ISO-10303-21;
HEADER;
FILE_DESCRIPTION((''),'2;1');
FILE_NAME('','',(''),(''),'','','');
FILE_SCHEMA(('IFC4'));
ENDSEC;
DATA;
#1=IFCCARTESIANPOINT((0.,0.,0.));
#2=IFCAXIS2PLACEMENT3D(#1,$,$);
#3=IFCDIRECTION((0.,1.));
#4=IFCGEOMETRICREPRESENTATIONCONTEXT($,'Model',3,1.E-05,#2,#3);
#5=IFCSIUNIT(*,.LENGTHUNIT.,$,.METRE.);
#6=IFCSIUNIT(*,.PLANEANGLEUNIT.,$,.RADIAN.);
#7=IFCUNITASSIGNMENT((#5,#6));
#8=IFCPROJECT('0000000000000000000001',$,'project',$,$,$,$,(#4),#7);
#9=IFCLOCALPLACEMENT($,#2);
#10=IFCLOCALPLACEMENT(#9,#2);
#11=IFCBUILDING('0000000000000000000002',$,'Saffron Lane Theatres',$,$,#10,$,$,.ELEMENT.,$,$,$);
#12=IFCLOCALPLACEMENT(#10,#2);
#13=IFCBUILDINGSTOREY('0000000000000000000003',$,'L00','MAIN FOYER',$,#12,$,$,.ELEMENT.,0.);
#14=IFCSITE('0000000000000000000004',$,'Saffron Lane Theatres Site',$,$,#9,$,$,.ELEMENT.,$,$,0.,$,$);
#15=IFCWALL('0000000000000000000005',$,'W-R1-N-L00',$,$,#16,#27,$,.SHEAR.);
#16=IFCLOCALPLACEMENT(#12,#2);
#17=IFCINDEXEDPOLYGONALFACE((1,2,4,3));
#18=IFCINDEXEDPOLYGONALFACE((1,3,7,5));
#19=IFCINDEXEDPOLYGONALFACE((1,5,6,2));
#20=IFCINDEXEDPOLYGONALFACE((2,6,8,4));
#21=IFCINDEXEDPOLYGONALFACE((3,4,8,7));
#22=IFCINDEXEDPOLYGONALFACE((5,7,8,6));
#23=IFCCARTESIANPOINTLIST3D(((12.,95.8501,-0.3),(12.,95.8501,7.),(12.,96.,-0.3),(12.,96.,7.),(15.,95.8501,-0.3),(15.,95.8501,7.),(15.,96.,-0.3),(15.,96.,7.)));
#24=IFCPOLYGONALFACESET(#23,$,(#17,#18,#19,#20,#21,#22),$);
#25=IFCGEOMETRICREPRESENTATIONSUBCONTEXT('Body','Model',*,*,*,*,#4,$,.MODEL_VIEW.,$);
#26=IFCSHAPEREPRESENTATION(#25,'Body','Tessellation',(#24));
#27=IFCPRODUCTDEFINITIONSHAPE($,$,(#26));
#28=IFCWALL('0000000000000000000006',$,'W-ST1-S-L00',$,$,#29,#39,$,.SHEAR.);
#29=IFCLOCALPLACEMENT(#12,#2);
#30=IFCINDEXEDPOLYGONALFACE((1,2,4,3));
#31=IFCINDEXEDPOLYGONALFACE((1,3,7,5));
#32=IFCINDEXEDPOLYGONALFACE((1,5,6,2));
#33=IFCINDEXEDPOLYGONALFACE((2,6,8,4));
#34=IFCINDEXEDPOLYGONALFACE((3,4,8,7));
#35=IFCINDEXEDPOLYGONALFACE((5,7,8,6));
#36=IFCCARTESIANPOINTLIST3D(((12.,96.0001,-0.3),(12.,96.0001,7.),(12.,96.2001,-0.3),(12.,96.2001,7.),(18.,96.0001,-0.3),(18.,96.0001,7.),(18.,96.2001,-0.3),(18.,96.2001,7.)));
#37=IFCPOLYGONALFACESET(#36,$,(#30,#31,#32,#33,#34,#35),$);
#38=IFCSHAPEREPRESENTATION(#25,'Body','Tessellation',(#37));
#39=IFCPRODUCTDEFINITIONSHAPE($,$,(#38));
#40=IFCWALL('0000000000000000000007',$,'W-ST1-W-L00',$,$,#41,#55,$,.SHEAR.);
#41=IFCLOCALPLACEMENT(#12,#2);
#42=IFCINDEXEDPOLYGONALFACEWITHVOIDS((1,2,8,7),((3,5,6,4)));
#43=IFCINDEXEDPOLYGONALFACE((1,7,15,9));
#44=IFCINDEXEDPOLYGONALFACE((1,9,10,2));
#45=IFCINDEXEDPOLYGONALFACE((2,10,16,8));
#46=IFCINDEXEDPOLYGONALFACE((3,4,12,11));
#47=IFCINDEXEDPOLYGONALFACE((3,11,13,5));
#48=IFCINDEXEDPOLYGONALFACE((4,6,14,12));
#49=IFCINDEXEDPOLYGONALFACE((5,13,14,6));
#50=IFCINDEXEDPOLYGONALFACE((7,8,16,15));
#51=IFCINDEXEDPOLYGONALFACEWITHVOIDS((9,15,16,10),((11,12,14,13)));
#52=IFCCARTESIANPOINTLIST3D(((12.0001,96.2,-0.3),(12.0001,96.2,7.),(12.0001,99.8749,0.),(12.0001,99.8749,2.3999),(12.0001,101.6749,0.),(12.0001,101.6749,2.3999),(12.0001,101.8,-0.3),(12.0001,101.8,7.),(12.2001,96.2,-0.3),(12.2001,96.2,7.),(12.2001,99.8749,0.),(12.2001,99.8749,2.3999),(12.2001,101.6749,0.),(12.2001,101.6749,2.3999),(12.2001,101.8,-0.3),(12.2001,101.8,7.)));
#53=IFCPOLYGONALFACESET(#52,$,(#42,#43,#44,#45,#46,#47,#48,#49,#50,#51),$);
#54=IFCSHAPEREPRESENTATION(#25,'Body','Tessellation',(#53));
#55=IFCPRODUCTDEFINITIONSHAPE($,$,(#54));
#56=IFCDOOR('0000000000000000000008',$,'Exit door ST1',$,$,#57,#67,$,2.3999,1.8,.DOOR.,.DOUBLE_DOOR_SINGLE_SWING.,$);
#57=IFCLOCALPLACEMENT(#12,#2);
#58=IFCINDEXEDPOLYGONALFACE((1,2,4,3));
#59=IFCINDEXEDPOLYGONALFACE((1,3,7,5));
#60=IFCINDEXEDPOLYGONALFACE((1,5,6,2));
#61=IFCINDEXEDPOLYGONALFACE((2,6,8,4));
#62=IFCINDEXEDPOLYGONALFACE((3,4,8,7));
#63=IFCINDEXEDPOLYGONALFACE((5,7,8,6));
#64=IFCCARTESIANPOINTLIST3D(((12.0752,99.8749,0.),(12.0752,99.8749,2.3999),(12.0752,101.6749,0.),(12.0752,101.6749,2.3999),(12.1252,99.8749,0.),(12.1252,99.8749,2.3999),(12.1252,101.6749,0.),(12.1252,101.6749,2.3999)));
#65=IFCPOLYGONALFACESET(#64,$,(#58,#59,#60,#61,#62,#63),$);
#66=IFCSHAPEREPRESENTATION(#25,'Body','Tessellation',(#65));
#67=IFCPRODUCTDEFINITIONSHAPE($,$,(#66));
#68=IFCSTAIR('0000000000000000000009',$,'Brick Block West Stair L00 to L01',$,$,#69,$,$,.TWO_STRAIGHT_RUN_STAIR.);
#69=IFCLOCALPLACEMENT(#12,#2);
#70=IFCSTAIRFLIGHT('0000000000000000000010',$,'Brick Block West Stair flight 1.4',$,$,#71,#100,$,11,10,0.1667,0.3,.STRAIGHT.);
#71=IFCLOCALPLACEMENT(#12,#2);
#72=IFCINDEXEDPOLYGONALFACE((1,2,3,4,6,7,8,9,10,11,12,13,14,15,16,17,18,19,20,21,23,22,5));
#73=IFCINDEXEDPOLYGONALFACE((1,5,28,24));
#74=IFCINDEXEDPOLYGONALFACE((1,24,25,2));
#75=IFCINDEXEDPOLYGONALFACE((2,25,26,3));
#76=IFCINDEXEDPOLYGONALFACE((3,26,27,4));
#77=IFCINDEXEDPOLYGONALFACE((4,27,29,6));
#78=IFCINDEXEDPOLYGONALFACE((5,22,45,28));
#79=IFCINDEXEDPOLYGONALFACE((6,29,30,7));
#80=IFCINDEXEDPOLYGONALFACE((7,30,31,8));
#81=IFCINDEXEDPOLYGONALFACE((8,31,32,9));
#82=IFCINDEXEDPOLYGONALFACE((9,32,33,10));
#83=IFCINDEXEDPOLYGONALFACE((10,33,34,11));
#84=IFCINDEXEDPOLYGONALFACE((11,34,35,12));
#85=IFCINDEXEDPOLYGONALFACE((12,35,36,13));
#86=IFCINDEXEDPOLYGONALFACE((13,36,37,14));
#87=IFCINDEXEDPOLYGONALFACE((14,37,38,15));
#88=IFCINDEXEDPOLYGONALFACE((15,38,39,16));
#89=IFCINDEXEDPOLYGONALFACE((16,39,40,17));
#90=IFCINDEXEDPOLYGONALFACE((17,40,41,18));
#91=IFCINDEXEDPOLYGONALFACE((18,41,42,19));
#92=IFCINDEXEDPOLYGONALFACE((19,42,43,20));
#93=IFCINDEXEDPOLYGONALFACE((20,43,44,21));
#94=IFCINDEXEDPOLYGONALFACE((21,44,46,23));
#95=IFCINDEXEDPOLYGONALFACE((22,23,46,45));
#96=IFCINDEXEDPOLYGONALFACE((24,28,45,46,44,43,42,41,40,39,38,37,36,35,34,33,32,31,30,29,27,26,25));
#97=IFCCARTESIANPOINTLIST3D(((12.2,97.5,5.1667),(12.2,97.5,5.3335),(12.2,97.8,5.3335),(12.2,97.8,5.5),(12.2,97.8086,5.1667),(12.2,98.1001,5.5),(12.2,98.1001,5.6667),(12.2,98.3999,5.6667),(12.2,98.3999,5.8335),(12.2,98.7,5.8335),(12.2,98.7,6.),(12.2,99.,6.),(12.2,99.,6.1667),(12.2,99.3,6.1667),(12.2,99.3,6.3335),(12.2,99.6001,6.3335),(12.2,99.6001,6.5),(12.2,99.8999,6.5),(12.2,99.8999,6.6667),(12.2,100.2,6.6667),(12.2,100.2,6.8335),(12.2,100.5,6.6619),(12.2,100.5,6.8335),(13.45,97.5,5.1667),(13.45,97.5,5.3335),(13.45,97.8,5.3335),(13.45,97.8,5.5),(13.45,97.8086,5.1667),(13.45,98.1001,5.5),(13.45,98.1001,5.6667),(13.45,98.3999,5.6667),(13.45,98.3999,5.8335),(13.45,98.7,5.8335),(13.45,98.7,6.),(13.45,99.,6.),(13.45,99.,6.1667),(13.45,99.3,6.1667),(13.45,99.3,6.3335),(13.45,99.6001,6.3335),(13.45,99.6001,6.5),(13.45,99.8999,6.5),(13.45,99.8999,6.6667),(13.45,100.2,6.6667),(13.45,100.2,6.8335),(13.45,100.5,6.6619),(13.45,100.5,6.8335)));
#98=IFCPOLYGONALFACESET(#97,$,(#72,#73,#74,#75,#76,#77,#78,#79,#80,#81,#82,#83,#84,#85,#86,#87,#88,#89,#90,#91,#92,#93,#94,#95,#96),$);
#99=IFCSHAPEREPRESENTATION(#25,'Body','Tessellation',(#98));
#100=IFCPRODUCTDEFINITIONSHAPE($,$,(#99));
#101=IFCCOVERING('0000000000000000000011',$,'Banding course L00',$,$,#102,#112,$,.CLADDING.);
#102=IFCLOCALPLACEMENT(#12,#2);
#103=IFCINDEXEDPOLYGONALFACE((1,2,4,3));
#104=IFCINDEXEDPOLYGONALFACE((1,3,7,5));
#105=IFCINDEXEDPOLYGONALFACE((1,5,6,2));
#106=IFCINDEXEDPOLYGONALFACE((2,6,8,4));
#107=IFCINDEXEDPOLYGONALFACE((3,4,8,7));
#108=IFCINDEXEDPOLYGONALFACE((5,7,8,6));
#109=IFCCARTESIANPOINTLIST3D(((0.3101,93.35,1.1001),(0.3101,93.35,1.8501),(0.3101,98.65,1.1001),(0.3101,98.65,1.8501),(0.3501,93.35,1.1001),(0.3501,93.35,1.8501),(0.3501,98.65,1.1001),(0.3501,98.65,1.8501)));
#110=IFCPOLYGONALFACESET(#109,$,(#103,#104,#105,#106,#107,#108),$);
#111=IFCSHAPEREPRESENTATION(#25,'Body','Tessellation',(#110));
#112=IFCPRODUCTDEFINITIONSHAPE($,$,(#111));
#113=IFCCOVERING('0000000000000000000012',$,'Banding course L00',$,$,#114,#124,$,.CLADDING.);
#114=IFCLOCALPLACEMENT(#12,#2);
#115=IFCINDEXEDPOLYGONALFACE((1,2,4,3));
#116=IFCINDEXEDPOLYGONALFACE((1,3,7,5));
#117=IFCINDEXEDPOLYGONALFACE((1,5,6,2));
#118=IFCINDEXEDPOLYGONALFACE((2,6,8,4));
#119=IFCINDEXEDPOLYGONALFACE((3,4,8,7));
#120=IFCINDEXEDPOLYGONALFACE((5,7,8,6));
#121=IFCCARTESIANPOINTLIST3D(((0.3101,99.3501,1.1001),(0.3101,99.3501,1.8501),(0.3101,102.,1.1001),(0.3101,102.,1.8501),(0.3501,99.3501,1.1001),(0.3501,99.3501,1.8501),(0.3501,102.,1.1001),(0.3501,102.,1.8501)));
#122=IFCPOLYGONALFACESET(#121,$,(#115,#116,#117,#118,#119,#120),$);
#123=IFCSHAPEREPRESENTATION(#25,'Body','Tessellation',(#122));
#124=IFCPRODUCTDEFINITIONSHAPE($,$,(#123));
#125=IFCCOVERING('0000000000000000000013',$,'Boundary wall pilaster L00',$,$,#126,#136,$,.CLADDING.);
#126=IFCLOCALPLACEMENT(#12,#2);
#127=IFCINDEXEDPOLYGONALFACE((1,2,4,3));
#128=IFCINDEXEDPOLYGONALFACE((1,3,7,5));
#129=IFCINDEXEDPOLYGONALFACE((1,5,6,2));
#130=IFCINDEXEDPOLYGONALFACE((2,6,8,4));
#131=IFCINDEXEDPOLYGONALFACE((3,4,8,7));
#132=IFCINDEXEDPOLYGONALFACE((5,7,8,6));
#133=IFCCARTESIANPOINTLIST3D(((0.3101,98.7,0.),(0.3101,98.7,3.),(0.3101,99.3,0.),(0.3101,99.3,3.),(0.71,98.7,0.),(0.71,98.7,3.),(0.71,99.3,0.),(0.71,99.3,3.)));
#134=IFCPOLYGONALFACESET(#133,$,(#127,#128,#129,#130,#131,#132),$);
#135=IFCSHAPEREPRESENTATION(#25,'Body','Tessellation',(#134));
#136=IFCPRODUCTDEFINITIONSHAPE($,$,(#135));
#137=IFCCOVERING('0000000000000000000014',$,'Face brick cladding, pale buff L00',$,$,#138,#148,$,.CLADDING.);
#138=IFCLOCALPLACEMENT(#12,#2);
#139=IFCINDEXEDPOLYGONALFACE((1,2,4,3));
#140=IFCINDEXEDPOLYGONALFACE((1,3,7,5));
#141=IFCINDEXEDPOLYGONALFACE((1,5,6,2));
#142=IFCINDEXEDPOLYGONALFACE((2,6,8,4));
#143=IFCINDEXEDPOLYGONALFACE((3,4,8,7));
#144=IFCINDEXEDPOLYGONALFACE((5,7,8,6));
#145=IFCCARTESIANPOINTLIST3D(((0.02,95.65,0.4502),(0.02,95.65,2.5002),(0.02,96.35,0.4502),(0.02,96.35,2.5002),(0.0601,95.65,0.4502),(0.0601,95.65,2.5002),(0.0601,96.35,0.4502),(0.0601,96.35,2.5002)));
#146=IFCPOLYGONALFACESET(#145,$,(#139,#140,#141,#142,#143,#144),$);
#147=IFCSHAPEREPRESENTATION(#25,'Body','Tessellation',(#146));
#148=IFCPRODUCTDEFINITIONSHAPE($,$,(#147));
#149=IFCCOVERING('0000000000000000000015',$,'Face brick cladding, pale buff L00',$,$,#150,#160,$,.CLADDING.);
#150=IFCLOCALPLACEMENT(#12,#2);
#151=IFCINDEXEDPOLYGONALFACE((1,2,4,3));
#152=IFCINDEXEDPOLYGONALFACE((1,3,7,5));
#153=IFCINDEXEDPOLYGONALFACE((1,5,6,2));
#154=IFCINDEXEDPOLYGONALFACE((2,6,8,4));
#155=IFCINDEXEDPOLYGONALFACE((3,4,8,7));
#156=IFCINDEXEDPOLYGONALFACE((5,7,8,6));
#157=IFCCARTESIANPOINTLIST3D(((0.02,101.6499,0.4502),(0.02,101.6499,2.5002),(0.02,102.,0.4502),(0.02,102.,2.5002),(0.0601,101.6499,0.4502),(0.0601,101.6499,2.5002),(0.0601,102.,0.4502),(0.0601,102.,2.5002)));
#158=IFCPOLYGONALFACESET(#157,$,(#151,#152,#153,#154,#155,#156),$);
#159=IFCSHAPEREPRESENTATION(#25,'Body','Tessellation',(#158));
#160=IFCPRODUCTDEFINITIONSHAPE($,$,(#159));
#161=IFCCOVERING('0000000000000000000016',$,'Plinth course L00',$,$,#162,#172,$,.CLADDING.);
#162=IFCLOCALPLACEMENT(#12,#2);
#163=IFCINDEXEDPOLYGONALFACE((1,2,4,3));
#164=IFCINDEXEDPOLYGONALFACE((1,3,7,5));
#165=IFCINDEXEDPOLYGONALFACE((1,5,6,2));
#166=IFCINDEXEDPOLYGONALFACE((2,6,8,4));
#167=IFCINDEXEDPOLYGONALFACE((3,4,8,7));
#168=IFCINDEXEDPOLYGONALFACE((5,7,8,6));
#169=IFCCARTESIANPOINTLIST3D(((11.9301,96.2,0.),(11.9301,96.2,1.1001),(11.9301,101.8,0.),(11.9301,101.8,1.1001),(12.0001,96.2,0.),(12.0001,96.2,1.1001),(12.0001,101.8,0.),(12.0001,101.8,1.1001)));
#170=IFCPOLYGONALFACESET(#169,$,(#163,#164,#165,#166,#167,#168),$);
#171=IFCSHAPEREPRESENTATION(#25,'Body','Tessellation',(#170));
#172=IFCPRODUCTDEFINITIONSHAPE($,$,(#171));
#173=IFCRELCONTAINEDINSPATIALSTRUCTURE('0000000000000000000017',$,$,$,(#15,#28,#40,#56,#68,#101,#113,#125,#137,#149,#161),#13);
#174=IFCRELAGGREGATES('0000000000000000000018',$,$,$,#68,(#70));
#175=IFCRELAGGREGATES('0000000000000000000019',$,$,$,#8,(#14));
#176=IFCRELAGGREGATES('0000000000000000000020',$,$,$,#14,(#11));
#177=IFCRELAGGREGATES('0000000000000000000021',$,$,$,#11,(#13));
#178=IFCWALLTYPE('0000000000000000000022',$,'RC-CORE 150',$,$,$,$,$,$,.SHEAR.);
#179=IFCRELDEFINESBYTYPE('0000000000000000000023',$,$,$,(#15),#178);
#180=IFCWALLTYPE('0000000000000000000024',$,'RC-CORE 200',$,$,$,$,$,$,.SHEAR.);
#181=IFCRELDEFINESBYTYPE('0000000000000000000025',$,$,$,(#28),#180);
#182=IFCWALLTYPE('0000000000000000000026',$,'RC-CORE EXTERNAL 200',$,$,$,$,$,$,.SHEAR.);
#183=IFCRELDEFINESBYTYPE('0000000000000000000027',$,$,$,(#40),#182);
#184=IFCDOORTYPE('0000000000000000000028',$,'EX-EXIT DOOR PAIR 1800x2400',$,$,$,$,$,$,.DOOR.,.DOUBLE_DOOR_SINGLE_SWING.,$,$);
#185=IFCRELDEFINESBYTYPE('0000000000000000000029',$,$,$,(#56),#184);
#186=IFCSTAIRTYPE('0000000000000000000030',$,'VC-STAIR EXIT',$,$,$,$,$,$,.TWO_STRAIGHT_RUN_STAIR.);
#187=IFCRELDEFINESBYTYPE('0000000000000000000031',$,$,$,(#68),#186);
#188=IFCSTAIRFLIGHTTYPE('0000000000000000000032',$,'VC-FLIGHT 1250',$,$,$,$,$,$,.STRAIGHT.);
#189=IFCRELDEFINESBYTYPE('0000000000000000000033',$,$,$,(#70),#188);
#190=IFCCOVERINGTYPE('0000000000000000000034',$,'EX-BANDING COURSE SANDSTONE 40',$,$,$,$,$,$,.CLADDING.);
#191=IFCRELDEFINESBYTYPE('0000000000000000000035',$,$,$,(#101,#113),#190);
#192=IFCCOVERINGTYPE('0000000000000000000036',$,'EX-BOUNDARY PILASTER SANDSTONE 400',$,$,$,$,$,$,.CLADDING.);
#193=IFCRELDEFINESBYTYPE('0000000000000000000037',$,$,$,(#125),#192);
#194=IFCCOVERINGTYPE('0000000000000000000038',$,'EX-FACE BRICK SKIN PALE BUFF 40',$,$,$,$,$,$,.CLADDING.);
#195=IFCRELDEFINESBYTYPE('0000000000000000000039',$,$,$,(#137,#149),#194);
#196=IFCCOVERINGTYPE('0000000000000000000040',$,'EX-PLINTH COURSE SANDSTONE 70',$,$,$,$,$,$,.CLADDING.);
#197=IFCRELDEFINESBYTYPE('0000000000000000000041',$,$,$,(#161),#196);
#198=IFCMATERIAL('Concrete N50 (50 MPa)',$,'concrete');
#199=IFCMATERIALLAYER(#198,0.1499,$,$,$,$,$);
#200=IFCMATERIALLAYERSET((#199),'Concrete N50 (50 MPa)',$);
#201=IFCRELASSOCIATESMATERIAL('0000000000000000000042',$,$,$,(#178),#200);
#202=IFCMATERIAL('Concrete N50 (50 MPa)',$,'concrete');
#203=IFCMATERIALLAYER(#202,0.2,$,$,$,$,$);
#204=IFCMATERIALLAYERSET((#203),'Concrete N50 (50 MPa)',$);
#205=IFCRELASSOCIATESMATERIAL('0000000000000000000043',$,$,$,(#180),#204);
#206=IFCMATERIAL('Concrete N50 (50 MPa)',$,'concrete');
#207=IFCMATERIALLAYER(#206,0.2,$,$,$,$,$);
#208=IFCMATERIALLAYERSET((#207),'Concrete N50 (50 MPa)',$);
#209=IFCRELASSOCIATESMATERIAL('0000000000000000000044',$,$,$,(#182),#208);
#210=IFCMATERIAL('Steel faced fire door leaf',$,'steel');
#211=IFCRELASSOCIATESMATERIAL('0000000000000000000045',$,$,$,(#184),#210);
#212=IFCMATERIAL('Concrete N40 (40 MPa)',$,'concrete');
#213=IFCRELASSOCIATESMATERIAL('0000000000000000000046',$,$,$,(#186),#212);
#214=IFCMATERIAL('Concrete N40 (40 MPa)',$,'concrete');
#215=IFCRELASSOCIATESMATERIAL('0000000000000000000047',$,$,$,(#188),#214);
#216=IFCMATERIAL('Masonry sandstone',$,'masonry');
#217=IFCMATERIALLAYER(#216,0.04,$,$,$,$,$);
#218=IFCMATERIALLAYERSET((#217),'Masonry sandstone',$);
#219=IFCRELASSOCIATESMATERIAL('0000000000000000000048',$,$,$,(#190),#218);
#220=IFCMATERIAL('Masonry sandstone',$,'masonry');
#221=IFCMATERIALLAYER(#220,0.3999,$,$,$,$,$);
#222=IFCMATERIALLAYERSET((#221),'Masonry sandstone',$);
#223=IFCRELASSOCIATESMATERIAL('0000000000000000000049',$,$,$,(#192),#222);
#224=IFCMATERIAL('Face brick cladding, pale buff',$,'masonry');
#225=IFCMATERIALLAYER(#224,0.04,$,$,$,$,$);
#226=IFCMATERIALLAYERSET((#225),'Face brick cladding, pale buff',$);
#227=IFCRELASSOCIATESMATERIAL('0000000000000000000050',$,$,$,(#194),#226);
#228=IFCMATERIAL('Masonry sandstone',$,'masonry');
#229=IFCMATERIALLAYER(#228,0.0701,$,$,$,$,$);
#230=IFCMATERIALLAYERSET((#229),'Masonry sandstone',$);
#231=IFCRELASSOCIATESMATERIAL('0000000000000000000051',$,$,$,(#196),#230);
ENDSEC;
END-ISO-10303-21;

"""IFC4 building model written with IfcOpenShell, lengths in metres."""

from ifc_helpers import new_model, si_unit, direction, frame, frame_2d, origin, origin_2d, place, context, subcontext, project, spatial, polyline, rectangle, outline, extrude, material, layer, layer_set, type_object, element, fill, aggregate, save


model = new_model("IFC4")

# Units and contexts
model_context = context("Model", 3, precision=1e-05, world=origin(), true_north=direction((0.0, 1.0)))
body_context = subcontext(model_context, "Body", "Model", "MODEL_VIEW")
ifc_project = project(units=[si_unit("LENGTHUNIT", "METRE"), si_unit("PLANEANGLEUNIT", "RADIAN")], contexts=[model_context])

# Site, building, storey
site_placement = place(None, origin())
site = spatial("IfcSite", under=ifc_project, at=site_placement, Name="Saffron Lane Theatres Site", CompositionType="ELEMENT", RefElevation=0.0)
building_placement = place(site_placement, origin())
building = spatial("IfcBuilding", under=site, at=building_placement, Name="Saffron Lane Theatres", CompositionType="ELEMENT")
storey_placement = place(building_placement, origin())
storey = spatial("IfcBuildingStorey", under=building, at=storey_placement, Name="L00", Description="MAIN FOYER", CompositionType="ELEMENT", Elevation=0.0)

# Walls
ifc_material_1 = material(Name="Concrete N50 (50 MPa)", Category="concrete")
ifc_layer_1 = layer(ifc_material_1, 0.1499)
ifc_layer_set_1 = layer_set([ifc_layer_1], Name="Concrete N50 (50 MPa)")
wall_type_1 = type_object("IfcWallType", Name="RC-CORE 150", PredefinedType="SHEAR", material=ifc_layer_set_1)
wall_1_placement = place(storey_placement, frame((12.0, 95.925, -0.3), z_axis=(0.0, 0.0, 1.0), x_axis=(1.0, 0.0, 0.0)))
element("IfcWall", 1, at=wall_1_placement, inside=storey, type_object=wall_type_1, Name="W-R1-N-L00", PredefinedType="SHEAR", context=body_context, shape_type="SweptSolid", body=[
    extrude(rectangle(XDim=3.0, YDim=0.1499, at=frame_2d((1.5, 0.0))), origin(), (0.0, 0.0, 1.0), 7.3),
])
ifc_material_2 = material(Name="Concrete N50 (50 MPa)", Category="concrete")
ifc_layer_2 = layer(ifc_material_2, 0.2)
ifc_layer_set_2 = layer_set([ifc_layer_2], Name="Concrete N50 (50 MPa)")
wall_type_2 = type_object("IfcWallType", Name="RC-CORE 200", PredefinedType="SHEAR", material=ifc_layer_set_2)
wall_2_placement = place(storey_placement, frame((12.0, 96.1001, -0.3), z_axis=(0.0, 0.0, 1.0), x_axis=(1.0, 0.0, 0.0)))
element("IfcWall", 2, at=wall_2_placement, inside=storey, type_object=wall_type_2, Name="W-ST1-S-L00", PredefinedType="SHEAR", context=body_context, shape_type="SweptSolid", body=[
    extrude(rectangle(XDim=6.0, YDim=0.2, at=frame_2d((3.0, 0.0))), origin(), (0.0, 0.0, 1.0), 7.3),
])

# Wall, opening, door
ifc_material_3 = material(Name="Concrete N50 (50 MPa)", Category="concrete")
ifc_layer_3 = layer(ifc_material_3, 0.2)
ifc_layer_set_3 = layer_set([ifc_layer_3], Name="Concrete N50 (50 MPa)")
wall_type_3 = type_object("IfcWallType", Name="RC-CORE EXTERNAL 200", PredefinedType="SHEAR", material=ifc_layer_set_3)
wall_3_placement = place(storey_placement, frame((12.1001, 96.2, -0.3), z_axis=(0.0, 0.0, 1.0), x_axis=(0.0, 1.0, 0.0)))
wall_3 = element("IfcWall", 3, at=wall_3_placement, inside=storey, type_object=wall_type_3, Name="W-ST1-W-L00", PredefinedType="SHEAR", context=body_context, shape_type="SweptSolid", body=[
    extrude(rectangle(XDim=5.6001, YDim=0.2, at=frame_2d((2.8, 0.0))), origin(), (0.0, 0.0, 1.0), 7.3),
])
opening_placement = place(wall_3_placement, frame((3.675, 0.0, 0.3)))
opening = element("IfcOpeningElement", 4, at=opening_placement, cuts=wall_3, PredefinedType="OPENING", context=body_context, shape_type="SweptSolid", body=[
    extrude(rectangle(XDim=1.8, YDim=2.3999, at=frame_2d((0.8999, 1.2))), frame((0.0, 0.1099, 0.0), z_axis=(0.0, -1.0, 0.0), x_axis=(1.0, 0.0, 0.0)), (0.0, 0.0, 1.0), 0.22),
])
ifc_material_4 = material(Name="Steel faced fire door leaf", Category="steel")
door_type = type_object("IfcDoorType", Name="EX-EXIT DOOR PAIR 1800x2400", OperationType="DOUBLE_DOOR_SINGLE_SWING", PredefinedType="DOOR", material=ifc_material_4)
door_placement = place(opening_placement, origin())
door = element("IfcDoor", 5, at=door_placement, inside=storey, type_object=door_type, Name="Exit door ST1", OperationType="DOUBLE_DOOR_SINGLE_SWING", OverallHeight=2.3999, OverallWidth=1.8, PredefinedType="DOOR", context=body_context, shape_type="SweptSolid", body=[
    extrude(rectangle(XDim=1.8, YDim=2.3999, at=frame_2d((0.8999, 1.2))), frame((0.0, 0.0249, 0.0), z_axis=(0.0, -1.0, 0.0), x_axis=(1.0, 0.0, 0.0)), (0.0, 0.0, 1.0), 0.05),
])
fill(opening, door)

# Stair, stair flight
ifc_material_5 = material(Name="Concrete N40 (40 MPa)", Category="concrete")
stair_type = type_object("IfcStairType", Name="VC-STAIR EXIT", PredefinedType="TWO_STRAIGHT_RUN_STAIR", material=ifc_material_5)
stair_placement = place(storey_placement, origin())
stair = element("IfcStair", 6, at=stair_placement, inside=storey, type_object=stair_type, Name="Brick Block West Stair L00 to L01", PredefinedType="TWO_STRAIGHT_RUN_STAIR")
ifc_material_6 = material(Name="Concrete N40 (40 MPa)", Category="concrete")
stair_flight_type = type_object("IfcStairFlightType", Name="VC-FLIGHT 1250", PredefinedType="STRAIGHT", material=ifc_material_6)
stair_flight_placement = place(storey_placement, frame((12.825, 97.5, 5.1667), z_axis=(0.0, 0.0, 1.0), x_axis=(0.0, 1.0, 0.0)))
stair_flight = element("IfcStairFlight", 7, at=stair_flight_placement, type_object=stair_flight_type, Name="Brick Block West Stair flight 1.4", NumberOfRisers=11, NumberOfTreads=10, PredefinedType="STRAIGHT", RiserHeight=0.1667, TreadLength=0.3, context=body_context, shape_type="SweptSolid", body=[
    extrude(outline(polyline([(0.0, 0.0), (0.0, 0.1667), (0.3, 0.1667), (0.3, 0.3333), (0.6001, 0.3333), (0.6001, 0.5), (0.8999, 0.5), (0.8999, 0.6667), (1.2, 0.6667), (1.2, 0.8333), (1.5, 0.8333), (1.5, 1.0), (1.8, 1.0), (1.8, 1.1667), (2.1001, 1.1667), (2.1001, 1.3333), (2.3999, 1.3333), (2.3999, 1.5), (2.7, 1.5), (2.7, 1.6667), (3.0, 1.6667), (3.0, 1.8333), (3.0, 1.4951), (0.3086, 0.0), (0.0, 0.0)])), frame((0.0, 0.625, 0.0), z_axis=(0.0, -1.0, 0.0), x_axis=(1.0, 0.0, 0.0)), (0.0, 0.0, 1.0), 1.25),
])
aggregate(stair, [stair_flight])

# Coverings
ifc_material_7 = material(Name="Masonry sandstone", Category="masonry")
ifc_layer_4 = layer(ifc_material_7, 0.04)
ifc_layer_set_4 = layer_set([ifc_layer_4], Name="Masonry sandstone")
covering_type_1 = type_object("IfcCoveringType", Name="EX-BANDING COURSE SANDSTONE 40", PredefinedType="CLADDING", material=ifc_layer_set_4)
covering_1_placement = place(storey_placement, frame((0.3301, 96.0, 1.1001), z_axis=(0.0, 0.0, 1.0), x_axis=(0.0, 1.0, 0.0)))
element("IfcCovering", 8, at=covering_1_placement, inside=storey, type_object=covering_type_1, Name="Banding course L00", PredefinedType="CLADDING", context=body_context, shape_type="SweptSolid", body=[
    extrude(rectangle(XDim=5.3, YDim=0.04, at=origin_2d()), origin(), (0.0, 0.0, 1.0), 0.75),
])
covering_2_placement = place(storey_placement, frame((0.3301, 100.675, 1.1001), z_axis=(0.0, 0.0, 1.0), x_axis=(0.0, 1.0, 0.0)))
element("IfcCovering", 9, at=covering_2_placement, inside=storey, type_object=covering_type_1, Name="Banding course L00", PredefinedType="CLADDING", context=body_context, shape_type="SweptSolid", body=[
    extrude(rectangle(XDim=2.6499, YDim=0.04, at=origin_2d()), origin(), (0.0, 0.0, 1.0), 0.75),
])
ifc_material_8 = material(Name="Masonry sandstone", Category="masonry")
ifc_layer_5 = layer(ifc_material_8, 0.3999)
ifc_layer_set_5 = layer_set([ifc_layer_5], Name="Masonry sandstone")
covering_type_2 = type_object("IfcCoveringType", Name="EX-BOUNDARY PILASTER SANDSTONE 400", PredefinedType="CLADDING", material=ifc_layer_set_5)
covering_3_placement = place(storey_placement, frame((0.51, 99.0, 0.0), z_axis=(0.0, 0.0, 1.0), x_axis=(0.0, 1.0, 0.0)))
element("IfcCovering", 10, at=covering_3_placement, inside=storey, type_object=covering_type_2, Name="Boundary wall pilaster L00", PredefinedType="CLADDING", context=body_context, shape_type="SweptSolid", body=[
    extrude(rectangle(XDim=0.6001, YDim=0.3999, at=origin_2d()), origin(), (0.0, 0.0, 1.0), 3.0),
])
ifc_material_9 = material(Name="Face brick cladding, pale buff", Category="masonry")
ifc_layer_6 = layer(ifc_material_9, 0.04)
ifc_layer_set_6 = layer_set([ifc_layer_6], Name="Face brick cladding, pale buff")
covering_type_3 = type_object("IfcCoveringType", Name="EX-FACE BRICK SKIN PALE BUFF 40", PredefinedType="CLADDING", material=ifc_layer_set_6)
covering_4_placement = place(storey_placement, frame((0.04, 96.0, 0.4502), z_axis=(0.0, 0.0, 1.0), x_axis=(0.0, 1.0, 0.0)))
element("IfcCovering", 11, at=covering_4_placement, inside=storey, type_object=covering_type_3, Name="Face brick cladding, pale buff L00", PredefinedType="CLADDING", context=body_context, shape_type="SweptSolid", body=[
    extrude(rectangle(XDim=0.7, YDim=0.04, at=origin_2d()), origin(), (0.0, 0.0, 1.0), 2.05),
])
covering_5_placement = place(storey_placement, frame((0.04, 101.825, 0.4502), z_axis=(0.0, 0.0, 1.0), x_axis=(0.0, 1.0, 0.0)))
element("IfcCovering", 12, at=covering_5_placement, inside=storey, type_object=covering_type_3, Name="Face brick cladding, pale buff L00", PredefinedType="CLADDING", context=body_context, shape_type="SweptSolid", body=[
    extrude(rectangle(XDim=0.3501, YDim=0.04, at=origin_2d()), origin(), (0.0, 0.0, 1.0), 2.05),
])
ifc_material_10 = material(Name="Masonry sandstone", Category="masonry")
ifc_layer_7 = layer(ifc_material_10, 0.0701)
ifc_layer_set_7 = layer_set([ifc_layer_7], Name="Masonry sandstone")
covering_type_4 = type_object("IfcCoveringType", Name="EX-PLINTH COURSE SANDSTONE 70", PredefinedType="CLADDING", material=ifc_layer_set_7)
covering_6_placement = place(storey_placement, frame((11.9651, 99.0, 0.0), z_axis=(0.0, 0.0, 1.0), x_axis=(0.0, 1.0, 0.0)))
element("IfcCovering", 13, at=covering_6_placement, inside=storey, type_object=covering_type_4, Name="Plinth course L00", PredefinedType="CLADDING", context=body_context, shape_type="SweptSolid", body=[
    extrude(rectangle(XDim=5.6001, YDim=0.0701, at=origin_2d()), origin(), (0.0, 0.0, 1.0), 1.1001),
])

save(model, "model.ifc")
